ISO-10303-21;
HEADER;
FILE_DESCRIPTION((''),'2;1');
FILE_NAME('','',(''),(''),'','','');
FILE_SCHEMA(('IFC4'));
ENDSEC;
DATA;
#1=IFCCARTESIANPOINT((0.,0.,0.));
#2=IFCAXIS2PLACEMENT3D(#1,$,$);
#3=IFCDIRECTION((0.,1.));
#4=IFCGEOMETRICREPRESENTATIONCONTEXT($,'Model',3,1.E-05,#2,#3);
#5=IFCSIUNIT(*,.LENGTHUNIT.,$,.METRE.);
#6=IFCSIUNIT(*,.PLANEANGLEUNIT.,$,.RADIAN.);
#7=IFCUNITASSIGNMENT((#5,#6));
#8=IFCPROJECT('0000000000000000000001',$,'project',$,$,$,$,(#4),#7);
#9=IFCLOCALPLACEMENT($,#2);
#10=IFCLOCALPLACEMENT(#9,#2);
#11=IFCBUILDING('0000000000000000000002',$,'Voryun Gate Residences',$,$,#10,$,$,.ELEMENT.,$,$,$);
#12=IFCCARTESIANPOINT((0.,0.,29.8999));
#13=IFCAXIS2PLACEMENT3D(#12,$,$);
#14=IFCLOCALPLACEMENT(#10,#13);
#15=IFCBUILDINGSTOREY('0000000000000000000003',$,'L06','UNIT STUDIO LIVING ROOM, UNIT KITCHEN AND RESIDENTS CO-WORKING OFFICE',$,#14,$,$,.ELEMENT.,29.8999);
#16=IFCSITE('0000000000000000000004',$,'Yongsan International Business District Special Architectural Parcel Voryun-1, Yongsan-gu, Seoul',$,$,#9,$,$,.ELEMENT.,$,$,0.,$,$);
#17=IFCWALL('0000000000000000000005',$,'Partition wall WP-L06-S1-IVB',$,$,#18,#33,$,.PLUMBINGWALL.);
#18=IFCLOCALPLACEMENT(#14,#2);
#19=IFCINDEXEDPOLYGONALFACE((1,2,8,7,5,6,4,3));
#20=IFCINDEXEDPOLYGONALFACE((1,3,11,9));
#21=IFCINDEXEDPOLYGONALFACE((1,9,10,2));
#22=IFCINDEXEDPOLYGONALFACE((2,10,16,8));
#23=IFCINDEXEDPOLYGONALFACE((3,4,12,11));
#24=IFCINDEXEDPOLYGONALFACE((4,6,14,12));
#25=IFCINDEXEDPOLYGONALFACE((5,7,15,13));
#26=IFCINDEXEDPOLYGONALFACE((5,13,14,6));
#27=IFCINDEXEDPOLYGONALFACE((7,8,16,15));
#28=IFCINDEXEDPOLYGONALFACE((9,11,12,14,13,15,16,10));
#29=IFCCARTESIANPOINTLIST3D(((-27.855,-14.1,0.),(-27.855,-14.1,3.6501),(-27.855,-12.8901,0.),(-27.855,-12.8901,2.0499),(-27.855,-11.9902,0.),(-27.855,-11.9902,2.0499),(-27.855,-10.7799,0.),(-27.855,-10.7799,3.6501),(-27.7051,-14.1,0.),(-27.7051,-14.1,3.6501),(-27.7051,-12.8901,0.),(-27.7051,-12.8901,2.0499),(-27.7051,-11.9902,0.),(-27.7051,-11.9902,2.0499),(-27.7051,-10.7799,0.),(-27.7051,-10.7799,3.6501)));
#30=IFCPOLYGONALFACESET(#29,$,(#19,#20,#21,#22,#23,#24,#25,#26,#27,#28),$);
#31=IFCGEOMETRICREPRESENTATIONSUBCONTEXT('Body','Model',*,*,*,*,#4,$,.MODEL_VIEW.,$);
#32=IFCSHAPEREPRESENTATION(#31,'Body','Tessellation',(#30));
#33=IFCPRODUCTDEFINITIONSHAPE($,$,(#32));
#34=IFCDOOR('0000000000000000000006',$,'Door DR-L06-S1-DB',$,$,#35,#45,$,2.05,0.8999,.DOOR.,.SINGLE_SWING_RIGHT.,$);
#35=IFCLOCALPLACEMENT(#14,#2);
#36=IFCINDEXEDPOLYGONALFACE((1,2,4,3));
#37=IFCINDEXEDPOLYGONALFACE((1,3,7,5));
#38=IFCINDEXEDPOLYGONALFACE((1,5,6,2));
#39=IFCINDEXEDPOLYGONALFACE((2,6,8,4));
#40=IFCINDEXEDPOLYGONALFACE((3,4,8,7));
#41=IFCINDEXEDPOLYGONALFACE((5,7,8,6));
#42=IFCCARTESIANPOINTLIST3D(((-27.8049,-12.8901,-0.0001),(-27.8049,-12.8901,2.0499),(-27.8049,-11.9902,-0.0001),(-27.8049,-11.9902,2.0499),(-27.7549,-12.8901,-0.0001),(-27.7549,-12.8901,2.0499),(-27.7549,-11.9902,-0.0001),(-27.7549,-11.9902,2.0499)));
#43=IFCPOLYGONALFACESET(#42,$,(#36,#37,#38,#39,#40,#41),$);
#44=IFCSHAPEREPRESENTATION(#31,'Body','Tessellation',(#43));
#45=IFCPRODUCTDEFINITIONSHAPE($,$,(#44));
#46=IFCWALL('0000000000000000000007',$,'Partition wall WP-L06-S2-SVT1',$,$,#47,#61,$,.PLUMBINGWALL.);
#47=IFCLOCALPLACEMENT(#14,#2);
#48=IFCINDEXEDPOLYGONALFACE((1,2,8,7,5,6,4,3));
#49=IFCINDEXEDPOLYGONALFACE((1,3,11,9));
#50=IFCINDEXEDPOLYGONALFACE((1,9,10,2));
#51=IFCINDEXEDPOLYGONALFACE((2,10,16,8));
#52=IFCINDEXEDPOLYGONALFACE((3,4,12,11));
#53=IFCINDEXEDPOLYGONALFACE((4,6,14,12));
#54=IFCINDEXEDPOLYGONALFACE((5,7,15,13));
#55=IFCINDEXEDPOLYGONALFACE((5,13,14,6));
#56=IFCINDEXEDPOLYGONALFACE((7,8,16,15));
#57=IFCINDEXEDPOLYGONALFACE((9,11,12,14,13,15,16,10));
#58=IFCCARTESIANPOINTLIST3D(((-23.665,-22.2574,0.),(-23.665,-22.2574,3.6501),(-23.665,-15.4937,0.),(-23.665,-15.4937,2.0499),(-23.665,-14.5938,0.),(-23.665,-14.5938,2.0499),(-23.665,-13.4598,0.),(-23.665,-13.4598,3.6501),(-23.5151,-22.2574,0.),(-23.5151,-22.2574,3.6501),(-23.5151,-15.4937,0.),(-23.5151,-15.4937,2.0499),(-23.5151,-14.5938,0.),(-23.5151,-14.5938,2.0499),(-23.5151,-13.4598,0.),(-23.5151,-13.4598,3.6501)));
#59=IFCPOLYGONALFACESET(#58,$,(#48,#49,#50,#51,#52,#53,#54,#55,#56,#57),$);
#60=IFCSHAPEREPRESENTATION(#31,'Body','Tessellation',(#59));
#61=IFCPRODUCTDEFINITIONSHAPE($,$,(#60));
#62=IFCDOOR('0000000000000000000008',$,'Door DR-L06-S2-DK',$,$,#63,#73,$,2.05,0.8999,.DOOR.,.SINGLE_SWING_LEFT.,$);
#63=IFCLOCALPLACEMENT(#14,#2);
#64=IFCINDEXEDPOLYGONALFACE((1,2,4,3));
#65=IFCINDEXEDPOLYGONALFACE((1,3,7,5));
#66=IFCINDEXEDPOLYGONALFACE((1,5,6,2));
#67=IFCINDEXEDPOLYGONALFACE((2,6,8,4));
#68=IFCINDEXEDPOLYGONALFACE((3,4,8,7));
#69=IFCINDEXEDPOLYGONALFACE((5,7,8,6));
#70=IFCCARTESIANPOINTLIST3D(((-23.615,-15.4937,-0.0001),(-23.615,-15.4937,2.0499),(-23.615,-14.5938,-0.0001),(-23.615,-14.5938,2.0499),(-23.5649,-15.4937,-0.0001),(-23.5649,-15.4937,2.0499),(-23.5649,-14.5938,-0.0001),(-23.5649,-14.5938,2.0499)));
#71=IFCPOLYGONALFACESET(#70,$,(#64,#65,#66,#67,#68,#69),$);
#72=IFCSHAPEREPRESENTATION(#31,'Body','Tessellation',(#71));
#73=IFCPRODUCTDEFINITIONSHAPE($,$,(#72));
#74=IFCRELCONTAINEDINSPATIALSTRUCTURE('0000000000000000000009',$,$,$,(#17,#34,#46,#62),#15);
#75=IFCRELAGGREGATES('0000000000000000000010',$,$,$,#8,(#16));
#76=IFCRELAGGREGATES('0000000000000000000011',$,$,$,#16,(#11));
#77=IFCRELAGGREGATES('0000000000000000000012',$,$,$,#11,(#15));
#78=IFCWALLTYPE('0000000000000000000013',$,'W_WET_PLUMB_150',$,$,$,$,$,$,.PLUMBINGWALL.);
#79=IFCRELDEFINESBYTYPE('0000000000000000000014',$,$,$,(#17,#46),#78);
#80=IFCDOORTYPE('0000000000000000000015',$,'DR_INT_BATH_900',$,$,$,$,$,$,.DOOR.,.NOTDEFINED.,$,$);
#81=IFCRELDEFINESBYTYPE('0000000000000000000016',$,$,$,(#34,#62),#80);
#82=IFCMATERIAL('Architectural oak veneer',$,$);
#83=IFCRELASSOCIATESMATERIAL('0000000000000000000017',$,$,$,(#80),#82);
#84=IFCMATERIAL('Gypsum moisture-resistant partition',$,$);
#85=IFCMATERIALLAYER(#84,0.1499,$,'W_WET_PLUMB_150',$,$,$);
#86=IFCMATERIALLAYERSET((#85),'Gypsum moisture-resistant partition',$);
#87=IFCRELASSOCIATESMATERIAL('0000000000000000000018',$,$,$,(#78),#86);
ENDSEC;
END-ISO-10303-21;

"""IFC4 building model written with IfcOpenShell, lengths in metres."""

from ifc_helpers import new_model, si_unit, direction, frame, frame_2d, origin, place, context, subcontext, project, spatial, rectangle, extrude, material, layer, layer_set, type_object, element, fill, save


model = new_model("IFC4")

# Units and contexts
model_context = context("Model", 3, precision=1e-05, world=origin(), true_north=direction((0.0, 1.0)))
body_context = subcontext(model_context, "Body", "Model", "MODEL_VIEW")
ifc_project = project(units=[si_unit("LENGTHUNIT", "METRE"), si_unit("PLANEANGLEUNIT", "RADIAN")], contexts=[model_context])

# Site, building, storey
site_placement = place(None, origin())
site = spatial("IfcSite", under=ifc_project, at=site_placement, Name="Yongsan International Business District Special Architectural Parcel Voryun-1, Yongsan-gu, Seoul", CompositionType="ELEMENT", RefElevation=0.0)
building_placement = place(site_placement, origin())
building = spatial("IfcBuilding", under=site, at=building_placement, Name="Voryun Gate Residences", CompositionType="ELEMENT")
storey_placement = place(building_placement, frame((0.0, 0.0, 29.8999)))
storey = spatial("IfcBuildingStorey", under=building, at=storey_placement, Name="L06", Description="UNIT STUDIO LIVING ROOM, UNIT KITCHEN AND RESIDENTS CO-WORKING OFFICE", CompositionType="ELEMENT", Elevation=29.8999)

# Walls, openings, doors
ifc_material_1 = material(Name="Architectural oak veneer")
door_type_1 = type_object("IfcDoorType", Name="DR_INT_BATH_900", OperationType="NOTDEFINED", PredefinedType="DOOR", material=ifc_material_1)
ifc_material_2 = material(Name="Gypsum moisture-resistant partition")
ifc_layer_1 = layer(ifc_material_2, 0.1499, Name="W_WET_PLUMB_150")
ifc_layer_set_1 = layer_set([ifc_layer_1], Name="Gypsum moisture-resistant partition")
wall_type_1 = type_object("IfcWallType", Name="W_WET_PLUMB_150", PredefinedType="PLUMBINGWALL", material=ifc_layer_set_1)
wall_1_placement = place(storey_placement, frame((-27.78, -14.1001, 0.0), z_axis=(0.0, 0.0, 1.0), x_axis=(0.0, 1.0, 0.0)))
wall_1 = element("IfcWall", 1, at=wall_1_placement, inside=storey, type_object=wall_type_1, Name="Partition wall WP-L06-S1-IVB", PredefinedType="PLUMBINGWALL", context=body_context, shape_type="SweptSolid", body=[
    extrude(rectangle(XDim=3.3201, YDim=0.1499, at=frame_2d((1.6602, 0.0))), origin(), (0.0, 0.0, 1.0), 3.6501),
])
opening_1_placement = place(wall_1_placement, frame((1.21, 0.0, 0.0)))
opening_1 = element("IfcOpeningElement", 2, at=opening_1_placement, cuts=wall_1, PredefinedType="OPENING", context=body_context, shape_type="SweptSolid", body=[
    extrude(rectangle(XDim=0.8999, YDim=2.05, at=frame_2d((0.45, 1.0249))), frame((0.0, 0.085, 0.0), z_axis=(0.0, -1.0, 0.0), x_axis=(1.0, 0.0, 0.0)), (0.0, 0.0, 1.0), 0.1699),
])
door_1_placement = place(opening_1_placement, origin())
door_1 = element("IfcDoor", 3, at=door_1_placement, inside=storey, type_object=door_type_1, Name="Door DR-L06-S1-DB", OperationType="SINGLE_SWING_RIGHT", OverallHeight=2.05, OverallWidth=0.8999, PredefinedType="DOOR", context=body_context, shape_type="SweptSolid", body=[
    extrude(rectangle(XDim=0.8999, YDim=2.05, at=frame_2d((0.45, 1.0249))), frame((0.0, 0.0249, 0.0), z_axis=(0.0, -1.0, 0.0), x_axis=(1.0, 0.0, 0.0)), (0.0, 0.0, 1.0), 0.05),
])
fill(opening_1, door_1)
wall_2_placement = place(storey_placement, frame((-23.5901, -22.2576, 0.0), z_axis=(0.0, 0.0, 1.0), x_axis=(0.0, 1.0, 0.0)))
wall_2 = element("IfcWall", 4, at=wall_2_placement, inside=storey, type_object=wall_type_1, Name="Partition wall WP-L06-S2-SVT1", PredefinedType="PLUMBINGWALL", context=body_context, shape_type="SweptSolid", body=[
    extrude(rectangle(XDim=8.7976, YDim=0.1499, at=frame_2d((4.3989, 0.0))), origin(), (0.0, 0.0, 1.0), 3.6501),
])
opening_2_placement = place(wall_2_placement, frame((6.7639, 0.0, 0.0)))
opening_2 = element("IfcOpeningElement", 5, at=opening_2_placement, cuts=wall_2, PredefinedType="OPENING", context=body_context, shape_type="SweptSolid", body=[
    extrude(rectangle(XDim=0.8999, YDim=2.05, at=frame_2d((0.45, 1.0249))), frame((0.0, 0.085, 0.0), z_axis=(0.0, -1.0, 0.0), x_axis=(1.0, 0.0, 0.0)), (0.0, 0.0, 1.0), 0.1699),
])
door_2_placement = place(opening_2_placement, origin())
door_2 = element("IfcDoor", 6, at=door_2_placement, inside=storey, type_object=door_type_1, Name="Door DR-L06-S2-DK", OperationType="SINGLE_SWING_LEFT", OverallHeight=2.05, OverallWidth=0.8999, PredefinedType="DOOR", context=body_context, shape_type="SweptSolid", body=[
    extrude(rectangle(XDim=0.8999, YDim=2.05, at=frame_2d((0.45, 1.0249))), frame((0.0, 0.0249, 0.0), z_axis=(0.0, -1.0, 0.0), x_axis=(1.0, 0.0, 0.0)), (0.0, 0.0, 1.0), 0.05),
])
fill(opening_2, door_2)

save(model, "model.ifc")
